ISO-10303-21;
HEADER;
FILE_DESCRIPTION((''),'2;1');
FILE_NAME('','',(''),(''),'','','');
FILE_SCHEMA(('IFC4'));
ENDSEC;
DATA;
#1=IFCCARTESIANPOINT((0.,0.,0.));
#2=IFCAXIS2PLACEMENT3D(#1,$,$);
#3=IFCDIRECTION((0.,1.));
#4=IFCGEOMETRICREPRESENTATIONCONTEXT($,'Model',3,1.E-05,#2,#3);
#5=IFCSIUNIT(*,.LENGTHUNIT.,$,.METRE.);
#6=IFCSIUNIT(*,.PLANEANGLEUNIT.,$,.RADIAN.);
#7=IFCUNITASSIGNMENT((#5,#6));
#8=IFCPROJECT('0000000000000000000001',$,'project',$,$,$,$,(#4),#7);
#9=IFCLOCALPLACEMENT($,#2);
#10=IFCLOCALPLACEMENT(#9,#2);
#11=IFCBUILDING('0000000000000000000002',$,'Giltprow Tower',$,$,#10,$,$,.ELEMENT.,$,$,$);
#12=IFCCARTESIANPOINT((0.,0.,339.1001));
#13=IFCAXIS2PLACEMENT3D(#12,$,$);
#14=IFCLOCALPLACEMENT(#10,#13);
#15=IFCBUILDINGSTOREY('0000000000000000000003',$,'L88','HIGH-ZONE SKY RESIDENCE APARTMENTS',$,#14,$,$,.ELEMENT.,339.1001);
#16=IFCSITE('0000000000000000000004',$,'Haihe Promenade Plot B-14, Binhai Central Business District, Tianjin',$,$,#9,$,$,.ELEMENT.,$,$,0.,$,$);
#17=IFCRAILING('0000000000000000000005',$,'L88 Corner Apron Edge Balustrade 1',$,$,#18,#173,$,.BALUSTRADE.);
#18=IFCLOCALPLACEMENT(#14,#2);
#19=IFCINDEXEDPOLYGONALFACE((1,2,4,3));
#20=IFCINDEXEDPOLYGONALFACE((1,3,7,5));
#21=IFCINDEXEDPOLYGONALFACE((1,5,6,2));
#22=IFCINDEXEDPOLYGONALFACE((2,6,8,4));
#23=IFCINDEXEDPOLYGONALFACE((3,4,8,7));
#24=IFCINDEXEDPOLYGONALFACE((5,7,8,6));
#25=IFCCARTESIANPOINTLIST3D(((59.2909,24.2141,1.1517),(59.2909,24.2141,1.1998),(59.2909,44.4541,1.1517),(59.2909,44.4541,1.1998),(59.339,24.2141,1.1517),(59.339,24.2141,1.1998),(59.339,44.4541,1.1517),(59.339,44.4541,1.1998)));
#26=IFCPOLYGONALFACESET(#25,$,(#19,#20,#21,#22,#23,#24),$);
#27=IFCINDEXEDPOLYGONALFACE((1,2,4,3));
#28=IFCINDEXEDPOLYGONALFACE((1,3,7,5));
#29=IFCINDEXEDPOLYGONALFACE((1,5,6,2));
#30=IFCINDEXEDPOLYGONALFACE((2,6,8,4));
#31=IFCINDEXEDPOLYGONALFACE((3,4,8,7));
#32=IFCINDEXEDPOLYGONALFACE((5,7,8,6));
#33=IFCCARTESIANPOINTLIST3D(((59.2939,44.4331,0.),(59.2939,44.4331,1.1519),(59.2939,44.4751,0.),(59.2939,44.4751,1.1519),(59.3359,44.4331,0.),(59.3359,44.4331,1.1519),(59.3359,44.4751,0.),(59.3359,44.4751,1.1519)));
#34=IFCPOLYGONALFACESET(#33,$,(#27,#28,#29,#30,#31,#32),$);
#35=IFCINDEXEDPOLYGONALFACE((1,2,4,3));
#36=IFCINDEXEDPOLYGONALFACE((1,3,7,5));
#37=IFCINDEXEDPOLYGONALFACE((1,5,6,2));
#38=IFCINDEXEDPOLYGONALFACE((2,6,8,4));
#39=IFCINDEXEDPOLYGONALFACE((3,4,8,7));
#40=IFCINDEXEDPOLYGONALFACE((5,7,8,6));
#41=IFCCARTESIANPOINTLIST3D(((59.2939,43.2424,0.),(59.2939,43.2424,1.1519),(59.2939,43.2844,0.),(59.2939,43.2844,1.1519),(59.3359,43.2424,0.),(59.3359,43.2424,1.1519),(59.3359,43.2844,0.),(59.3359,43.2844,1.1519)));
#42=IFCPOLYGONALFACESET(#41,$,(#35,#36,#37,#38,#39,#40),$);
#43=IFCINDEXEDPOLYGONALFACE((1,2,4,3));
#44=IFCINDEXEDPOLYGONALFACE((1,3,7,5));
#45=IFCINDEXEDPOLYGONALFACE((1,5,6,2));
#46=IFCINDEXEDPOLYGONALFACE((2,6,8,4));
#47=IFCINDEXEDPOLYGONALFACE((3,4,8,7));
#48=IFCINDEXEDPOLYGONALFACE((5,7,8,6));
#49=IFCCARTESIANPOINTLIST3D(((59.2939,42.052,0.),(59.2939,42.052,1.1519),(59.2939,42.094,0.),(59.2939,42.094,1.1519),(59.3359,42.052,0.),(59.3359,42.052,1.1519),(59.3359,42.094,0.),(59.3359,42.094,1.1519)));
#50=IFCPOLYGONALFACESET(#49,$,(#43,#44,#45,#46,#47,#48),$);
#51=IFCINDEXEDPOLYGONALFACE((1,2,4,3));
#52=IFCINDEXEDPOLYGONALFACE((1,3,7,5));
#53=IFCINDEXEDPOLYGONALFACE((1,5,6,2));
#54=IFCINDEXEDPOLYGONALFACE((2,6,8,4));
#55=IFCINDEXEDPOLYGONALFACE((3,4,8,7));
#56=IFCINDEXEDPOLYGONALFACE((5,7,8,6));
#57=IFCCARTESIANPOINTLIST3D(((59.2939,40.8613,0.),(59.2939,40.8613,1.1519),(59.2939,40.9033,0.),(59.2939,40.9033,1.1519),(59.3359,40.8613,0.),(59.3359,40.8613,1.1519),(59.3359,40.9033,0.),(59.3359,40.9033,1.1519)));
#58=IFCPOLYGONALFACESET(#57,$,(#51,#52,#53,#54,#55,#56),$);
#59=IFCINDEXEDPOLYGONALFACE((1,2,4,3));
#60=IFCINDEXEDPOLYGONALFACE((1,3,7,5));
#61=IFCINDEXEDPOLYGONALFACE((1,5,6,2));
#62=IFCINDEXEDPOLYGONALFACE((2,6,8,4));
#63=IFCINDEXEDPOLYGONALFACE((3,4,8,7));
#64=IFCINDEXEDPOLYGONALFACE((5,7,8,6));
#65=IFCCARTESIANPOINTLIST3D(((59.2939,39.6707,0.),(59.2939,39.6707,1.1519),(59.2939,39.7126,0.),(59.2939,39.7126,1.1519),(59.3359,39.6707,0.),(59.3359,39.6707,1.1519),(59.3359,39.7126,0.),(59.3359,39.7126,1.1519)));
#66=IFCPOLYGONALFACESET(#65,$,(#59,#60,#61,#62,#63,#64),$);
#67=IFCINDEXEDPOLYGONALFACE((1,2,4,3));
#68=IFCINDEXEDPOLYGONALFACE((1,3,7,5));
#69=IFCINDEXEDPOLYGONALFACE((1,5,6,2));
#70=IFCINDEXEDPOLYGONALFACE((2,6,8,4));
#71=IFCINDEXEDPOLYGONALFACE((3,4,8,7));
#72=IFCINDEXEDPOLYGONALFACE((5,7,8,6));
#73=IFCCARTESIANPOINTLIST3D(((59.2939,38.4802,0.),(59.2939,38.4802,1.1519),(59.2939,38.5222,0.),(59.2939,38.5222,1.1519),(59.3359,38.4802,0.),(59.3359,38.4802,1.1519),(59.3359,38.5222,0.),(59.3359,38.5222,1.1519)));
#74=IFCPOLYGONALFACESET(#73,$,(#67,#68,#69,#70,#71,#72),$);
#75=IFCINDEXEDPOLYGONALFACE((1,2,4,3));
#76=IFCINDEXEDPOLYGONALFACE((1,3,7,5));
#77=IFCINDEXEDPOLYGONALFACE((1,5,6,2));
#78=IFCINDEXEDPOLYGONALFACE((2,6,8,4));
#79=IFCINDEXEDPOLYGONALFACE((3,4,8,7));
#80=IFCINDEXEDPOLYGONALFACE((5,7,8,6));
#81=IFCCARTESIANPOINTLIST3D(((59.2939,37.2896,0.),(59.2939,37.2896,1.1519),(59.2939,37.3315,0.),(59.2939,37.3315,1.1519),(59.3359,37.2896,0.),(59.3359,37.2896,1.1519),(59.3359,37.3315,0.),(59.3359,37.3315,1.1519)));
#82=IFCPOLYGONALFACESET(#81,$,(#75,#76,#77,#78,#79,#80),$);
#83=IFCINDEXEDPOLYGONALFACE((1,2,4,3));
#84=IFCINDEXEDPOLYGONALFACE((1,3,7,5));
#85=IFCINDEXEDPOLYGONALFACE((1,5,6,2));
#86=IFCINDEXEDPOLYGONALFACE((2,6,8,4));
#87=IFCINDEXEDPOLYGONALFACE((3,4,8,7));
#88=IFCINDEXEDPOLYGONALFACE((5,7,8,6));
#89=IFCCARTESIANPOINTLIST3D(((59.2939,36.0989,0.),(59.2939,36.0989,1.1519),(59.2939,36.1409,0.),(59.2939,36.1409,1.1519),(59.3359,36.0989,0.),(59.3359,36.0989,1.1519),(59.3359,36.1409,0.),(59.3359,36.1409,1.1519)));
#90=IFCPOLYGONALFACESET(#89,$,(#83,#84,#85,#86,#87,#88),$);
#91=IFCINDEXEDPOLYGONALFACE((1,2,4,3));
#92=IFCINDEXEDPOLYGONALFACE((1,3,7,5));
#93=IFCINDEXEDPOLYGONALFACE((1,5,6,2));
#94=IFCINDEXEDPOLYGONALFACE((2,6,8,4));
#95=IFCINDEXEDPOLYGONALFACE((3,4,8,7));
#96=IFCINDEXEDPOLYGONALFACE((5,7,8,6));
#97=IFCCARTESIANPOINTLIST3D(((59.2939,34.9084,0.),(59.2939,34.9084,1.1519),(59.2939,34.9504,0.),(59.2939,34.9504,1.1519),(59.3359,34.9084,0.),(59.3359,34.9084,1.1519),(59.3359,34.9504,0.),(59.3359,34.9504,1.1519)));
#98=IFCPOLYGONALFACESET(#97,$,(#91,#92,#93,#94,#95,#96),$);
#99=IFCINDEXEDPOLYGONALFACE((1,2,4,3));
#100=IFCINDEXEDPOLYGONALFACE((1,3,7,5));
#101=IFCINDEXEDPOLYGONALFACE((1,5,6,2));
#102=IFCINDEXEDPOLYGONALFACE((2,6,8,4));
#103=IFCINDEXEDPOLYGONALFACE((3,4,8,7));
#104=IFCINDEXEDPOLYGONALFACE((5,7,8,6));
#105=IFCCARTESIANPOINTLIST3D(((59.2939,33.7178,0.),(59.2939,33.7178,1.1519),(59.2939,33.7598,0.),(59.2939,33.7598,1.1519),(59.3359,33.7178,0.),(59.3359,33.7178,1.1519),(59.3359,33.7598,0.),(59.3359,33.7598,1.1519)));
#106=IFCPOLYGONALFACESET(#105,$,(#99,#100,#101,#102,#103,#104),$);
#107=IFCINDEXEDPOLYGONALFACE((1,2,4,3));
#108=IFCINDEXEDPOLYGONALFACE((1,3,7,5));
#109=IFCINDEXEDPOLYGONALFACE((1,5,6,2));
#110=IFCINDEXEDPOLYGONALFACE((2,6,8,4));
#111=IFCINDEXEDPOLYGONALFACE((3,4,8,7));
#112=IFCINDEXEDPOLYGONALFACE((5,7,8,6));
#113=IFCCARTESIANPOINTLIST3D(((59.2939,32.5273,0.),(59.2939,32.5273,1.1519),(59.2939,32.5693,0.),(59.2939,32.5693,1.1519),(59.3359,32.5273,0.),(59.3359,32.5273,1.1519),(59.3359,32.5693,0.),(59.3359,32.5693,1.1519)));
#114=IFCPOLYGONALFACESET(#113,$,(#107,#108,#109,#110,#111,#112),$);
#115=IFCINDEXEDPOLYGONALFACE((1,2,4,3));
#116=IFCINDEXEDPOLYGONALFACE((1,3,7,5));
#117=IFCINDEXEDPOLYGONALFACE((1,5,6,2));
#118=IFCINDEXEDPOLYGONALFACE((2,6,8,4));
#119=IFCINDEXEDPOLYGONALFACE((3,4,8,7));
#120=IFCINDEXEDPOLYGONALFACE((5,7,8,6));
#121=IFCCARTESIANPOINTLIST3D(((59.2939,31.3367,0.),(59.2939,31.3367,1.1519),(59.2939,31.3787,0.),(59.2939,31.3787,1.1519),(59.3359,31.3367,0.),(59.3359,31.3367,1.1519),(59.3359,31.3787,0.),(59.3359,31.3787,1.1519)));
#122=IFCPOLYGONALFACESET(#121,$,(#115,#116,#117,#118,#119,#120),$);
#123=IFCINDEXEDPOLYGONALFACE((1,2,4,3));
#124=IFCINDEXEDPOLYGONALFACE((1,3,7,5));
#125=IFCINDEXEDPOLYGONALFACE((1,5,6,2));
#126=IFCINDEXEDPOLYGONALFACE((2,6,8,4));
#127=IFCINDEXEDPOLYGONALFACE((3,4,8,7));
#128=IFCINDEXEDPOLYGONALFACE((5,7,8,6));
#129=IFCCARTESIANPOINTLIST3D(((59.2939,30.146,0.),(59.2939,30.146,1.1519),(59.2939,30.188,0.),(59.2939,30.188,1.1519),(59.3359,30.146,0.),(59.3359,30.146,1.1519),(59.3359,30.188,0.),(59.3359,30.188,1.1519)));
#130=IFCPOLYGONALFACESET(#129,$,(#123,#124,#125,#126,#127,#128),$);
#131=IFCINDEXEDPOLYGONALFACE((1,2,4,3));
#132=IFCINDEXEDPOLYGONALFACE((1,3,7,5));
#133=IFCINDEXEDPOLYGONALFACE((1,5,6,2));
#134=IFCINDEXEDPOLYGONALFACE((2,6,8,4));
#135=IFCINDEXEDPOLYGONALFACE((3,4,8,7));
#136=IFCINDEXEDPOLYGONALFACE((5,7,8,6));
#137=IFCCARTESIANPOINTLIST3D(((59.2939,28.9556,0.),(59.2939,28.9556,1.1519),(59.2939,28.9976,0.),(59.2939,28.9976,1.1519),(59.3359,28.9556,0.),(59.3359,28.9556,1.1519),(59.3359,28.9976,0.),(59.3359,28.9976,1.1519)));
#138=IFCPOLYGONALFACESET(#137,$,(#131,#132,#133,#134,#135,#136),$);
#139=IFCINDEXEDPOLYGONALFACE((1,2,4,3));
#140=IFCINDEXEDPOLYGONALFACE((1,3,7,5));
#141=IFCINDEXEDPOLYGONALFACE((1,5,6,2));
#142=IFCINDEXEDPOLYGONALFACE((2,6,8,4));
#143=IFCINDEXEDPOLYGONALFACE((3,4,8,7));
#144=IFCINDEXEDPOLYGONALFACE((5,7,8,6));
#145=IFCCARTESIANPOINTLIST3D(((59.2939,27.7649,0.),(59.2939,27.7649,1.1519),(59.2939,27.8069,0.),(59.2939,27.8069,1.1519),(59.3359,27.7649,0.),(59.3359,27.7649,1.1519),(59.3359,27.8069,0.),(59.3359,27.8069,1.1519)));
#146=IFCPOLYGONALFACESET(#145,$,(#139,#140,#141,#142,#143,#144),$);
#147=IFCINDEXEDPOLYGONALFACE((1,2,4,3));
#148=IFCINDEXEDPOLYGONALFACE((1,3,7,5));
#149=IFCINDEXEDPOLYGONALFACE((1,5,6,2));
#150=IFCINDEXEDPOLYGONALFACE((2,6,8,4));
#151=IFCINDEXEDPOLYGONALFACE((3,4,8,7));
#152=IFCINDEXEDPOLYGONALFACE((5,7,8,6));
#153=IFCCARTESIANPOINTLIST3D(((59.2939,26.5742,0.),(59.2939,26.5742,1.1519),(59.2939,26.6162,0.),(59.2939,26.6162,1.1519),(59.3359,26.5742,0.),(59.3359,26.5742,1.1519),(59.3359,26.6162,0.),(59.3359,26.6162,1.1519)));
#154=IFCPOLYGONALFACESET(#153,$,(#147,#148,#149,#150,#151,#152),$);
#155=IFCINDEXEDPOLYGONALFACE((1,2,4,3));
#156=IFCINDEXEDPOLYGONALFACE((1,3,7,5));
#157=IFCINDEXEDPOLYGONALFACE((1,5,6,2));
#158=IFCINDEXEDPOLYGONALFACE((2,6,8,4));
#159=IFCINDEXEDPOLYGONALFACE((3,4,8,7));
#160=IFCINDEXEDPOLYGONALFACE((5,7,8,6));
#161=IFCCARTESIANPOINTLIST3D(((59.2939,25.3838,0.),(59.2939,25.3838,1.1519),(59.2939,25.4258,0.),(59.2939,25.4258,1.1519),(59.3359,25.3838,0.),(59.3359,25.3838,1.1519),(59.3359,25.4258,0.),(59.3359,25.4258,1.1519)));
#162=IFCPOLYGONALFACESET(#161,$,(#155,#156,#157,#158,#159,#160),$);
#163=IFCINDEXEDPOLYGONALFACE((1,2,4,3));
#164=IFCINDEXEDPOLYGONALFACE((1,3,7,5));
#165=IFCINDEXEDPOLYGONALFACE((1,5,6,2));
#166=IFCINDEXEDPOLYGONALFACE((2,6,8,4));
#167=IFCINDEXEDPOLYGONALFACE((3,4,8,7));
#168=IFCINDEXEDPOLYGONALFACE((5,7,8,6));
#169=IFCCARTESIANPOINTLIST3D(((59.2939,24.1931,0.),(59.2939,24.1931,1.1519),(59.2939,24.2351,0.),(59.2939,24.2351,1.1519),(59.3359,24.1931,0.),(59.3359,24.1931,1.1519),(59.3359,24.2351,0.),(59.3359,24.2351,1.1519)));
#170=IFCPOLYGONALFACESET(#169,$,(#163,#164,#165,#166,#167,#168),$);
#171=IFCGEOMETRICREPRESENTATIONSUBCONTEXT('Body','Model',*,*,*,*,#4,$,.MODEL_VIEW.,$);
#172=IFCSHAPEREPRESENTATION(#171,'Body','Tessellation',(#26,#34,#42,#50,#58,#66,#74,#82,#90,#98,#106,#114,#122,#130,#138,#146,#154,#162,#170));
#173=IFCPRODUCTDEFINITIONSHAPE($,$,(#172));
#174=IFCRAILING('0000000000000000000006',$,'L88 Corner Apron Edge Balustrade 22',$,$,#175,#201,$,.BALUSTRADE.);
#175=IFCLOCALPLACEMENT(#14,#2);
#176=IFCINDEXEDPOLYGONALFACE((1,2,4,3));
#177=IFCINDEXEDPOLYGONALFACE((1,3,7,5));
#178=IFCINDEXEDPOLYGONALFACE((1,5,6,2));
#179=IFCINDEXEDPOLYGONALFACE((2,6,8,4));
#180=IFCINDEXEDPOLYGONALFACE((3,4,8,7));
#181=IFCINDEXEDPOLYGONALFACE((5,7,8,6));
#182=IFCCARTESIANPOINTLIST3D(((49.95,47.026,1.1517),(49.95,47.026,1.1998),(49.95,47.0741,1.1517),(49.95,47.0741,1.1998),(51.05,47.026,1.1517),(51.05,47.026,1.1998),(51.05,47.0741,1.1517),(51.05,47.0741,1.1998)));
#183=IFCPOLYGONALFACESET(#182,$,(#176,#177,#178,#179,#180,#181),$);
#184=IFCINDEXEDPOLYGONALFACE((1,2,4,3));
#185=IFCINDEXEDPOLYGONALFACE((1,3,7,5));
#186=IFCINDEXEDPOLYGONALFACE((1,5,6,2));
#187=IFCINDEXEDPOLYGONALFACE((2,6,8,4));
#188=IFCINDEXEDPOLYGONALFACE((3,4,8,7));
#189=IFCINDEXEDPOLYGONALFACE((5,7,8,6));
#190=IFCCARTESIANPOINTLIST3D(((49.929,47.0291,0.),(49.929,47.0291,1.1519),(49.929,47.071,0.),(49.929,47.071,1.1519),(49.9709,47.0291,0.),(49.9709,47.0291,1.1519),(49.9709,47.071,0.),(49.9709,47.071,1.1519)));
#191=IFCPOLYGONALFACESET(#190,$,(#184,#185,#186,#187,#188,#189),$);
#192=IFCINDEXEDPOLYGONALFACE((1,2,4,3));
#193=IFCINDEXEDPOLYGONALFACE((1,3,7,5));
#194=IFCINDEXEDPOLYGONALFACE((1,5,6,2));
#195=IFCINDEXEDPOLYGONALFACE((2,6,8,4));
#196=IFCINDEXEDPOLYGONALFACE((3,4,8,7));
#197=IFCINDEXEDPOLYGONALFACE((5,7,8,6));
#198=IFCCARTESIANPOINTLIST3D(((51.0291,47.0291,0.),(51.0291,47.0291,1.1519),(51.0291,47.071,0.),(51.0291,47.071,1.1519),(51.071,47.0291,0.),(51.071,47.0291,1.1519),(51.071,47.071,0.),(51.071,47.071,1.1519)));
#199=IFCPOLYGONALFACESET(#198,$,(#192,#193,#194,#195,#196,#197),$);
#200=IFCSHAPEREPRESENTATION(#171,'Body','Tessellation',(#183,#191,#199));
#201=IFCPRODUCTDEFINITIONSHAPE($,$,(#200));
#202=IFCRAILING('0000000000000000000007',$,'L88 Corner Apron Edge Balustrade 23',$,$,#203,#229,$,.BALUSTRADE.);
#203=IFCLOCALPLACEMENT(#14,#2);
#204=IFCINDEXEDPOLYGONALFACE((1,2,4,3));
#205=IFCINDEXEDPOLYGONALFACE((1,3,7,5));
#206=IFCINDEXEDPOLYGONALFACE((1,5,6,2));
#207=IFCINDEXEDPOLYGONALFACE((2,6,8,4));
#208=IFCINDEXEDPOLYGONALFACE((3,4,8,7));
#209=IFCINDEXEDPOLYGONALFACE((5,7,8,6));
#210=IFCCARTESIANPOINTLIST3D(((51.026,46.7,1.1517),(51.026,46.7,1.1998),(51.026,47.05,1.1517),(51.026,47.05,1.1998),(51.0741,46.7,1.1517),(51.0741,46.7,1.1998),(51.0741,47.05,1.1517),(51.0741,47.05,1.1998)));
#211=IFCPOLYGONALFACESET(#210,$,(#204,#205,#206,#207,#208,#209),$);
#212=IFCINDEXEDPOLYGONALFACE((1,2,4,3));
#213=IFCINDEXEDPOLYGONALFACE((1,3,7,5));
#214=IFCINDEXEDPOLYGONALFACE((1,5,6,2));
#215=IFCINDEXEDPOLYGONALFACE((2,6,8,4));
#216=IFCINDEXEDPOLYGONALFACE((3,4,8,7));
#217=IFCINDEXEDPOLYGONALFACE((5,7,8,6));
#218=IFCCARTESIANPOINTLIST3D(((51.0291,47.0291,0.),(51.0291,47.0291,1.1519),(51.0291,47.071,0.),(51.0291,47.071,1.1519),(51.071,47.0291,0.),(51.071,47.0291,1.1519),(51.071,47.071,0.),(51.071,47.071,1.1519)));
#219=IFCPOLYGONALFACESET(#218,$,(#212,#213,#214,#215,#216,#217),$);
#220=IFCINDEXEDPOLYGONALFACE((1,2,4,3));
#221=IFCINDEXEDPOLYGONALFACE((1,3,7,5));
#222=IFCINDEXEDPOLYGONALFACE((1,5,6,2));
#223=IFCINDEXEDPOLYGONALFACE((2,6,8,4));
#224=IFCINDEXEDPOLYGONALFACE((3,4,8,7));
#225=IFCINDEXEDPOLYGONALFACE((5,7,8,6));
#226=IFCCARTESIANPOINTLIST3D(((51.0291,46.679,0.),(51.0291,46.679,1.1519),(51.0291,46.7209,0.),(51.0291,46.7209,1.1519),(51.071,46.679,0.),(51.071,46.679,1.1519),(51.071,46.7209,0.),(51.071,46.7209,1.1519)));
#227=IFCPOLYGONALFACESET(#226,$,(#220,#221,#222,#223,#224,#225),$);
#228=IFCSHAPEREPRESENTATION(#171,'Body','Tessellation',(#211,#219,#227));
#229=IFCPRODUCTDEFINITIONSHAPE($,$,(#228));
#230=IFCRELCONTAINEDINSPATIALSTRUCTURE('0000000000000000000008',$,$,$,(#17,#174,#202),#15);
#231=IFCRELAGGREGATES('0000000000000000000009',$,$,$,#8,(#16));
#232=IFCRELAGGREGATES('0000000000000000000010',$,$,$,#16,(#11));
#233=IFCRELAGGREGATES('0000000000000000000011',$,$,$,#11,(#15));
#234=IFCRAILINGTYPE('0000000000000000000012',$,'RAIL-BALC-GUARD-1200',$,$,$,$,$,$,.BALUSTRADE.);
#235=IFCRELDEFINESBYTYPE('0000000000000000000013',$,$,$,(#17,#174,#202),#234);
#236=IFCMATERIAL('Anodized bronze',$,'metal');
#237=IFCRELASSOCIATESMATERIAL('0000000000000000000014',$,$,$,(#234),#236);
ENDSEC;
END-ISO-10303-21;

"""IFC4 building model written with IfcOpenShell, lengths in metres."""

from ifc_helpers import new_model, si_unit, direction, frame, origin, origin_2d, place, context, subcontext, project, spatial, rectangle, extrude, material, type_object, element, save


model = new_model("IFC4")

# Units and contexts
model_context = context("Model", 3, precision=1e-05, world=origin(), true_north=direction((0.0, 1.0)))
body_context = subcontext(model_context, "Body", "Model", "MODEL_VIEW")
ifc_project = project(units=[si_unit("LENGTHUNIT", "METRE"), si_unit("PLANEANGLEUNIT", "RADIAN")], contexts=[model_context])

# Site, building, storey
site_placement = place(None, origin())
site = spatial("IfcSite", under=ifc_project, at=site_placement, Name="Haihe Promenade Plot B-14, Binhai Central Business District, Tianjin", CompositionType="ELEMENT", RefElevation=0.0)
building_placement = place(site_placement, origin())
building = spatial("IfcBuilding", under=site, at=building_placement, Name="Giltprow Tower", CompositionType="ELEMENT")
storey_placement = place(building_placement, frame((0.0, 0.0, 339.1001)))
storey = spatial("IfcBuildingStorey", under=building, at=storey_placement, Name="L88", Description="HIGH-ZONE SKY RESIDENCE APARTMENTS", CompositionType="ELEMENT", Elevation=339.1001)

# Railings
ifc_material_1 = material(Name="Anodized bronze", Category="metal")
railing_type = type_object("IfcRailingType", Name="RAIL-BALC-GUARD-1200", PredefinedType="BALUSTRADE", material=ifc_material_1)
railing_1_placement = place(storey_placement, frame((59.3149, 44.4541, 0.0)))
element("IfcRailing", 1, at=railing_1_placement, inside=storey, type_object=railing_type, Name="L88 Corner Apron Edge Balustrade 1", PredefinedType="BALUSTRADE", context=body_context, shape_type="SweptSolid", body=[
    extrude(rectangle(XDim=0.0481, YDim=0.0481, at=origin_2d()), frame((0.0, 0.0, 1.1758), z_axis=(0.0, -1.0, 0.0), x_axis=(1.0, 0.0, 0.0)), (0.0, 0.0, 1.0), 20.24),
    extrude(rectangle(XDim=0.042, YDim=0.042, at=origin_2d()), origin(), (0.0, 0.0, 1.0), 1.1519),
    extrude(rectangle(XDim=0.042, YDim=0.042, at=origin_2d()), frame((0.0, -1.1907, 0.0)), (0.0, 0.0, 1.0), 1.1519),
    extrude(rectangle(XDim=0.042, YDim=0.042, at=origin_2d()), frame((0.0, -2.3811, 0.0)), (0.0, 0.0, 1.0), 1.1519),
    extrude(rectangle(XDim=0.042, YDim=0.042, at=origin_2d()), frame((0.0, -3.5718, 0.0)), (0.0, 0.0, 1.0), 1.1519),
    extrude(rectangle(XDim=0.042, YDim=0.042, at=origin_2d()), frame((0.0, -4.7625, 0.0)), (0.0, 0.0, 1.0), 1.1519),
    extrude(rectangle(XDim=0.042, YDim=0.042, at=origin_2d()), frame((0.0, -5.9529, 0.0)), (0.0, 0.0, 1.0), 1.1519),
    extrude(rectangle(XDim=0.042, YDim=0.042, at=origin_2d()), frame((0.0, -7.1436, 0.0)), (0.0, 0.0, 1.0), 1.1519),
    extrude(rectangle(XDim=0.042, YDim=0.042, at=origin_2d()), frame((0.0, -8.3342, 0.0)), (0.0, 0.0, 1.0), 1.1519),
    extrude(rectangle(XDim=0.042, YDim=0.042, at=origin_2d()), frame((0.0, -9.5247, 0.0)), (0.0, 0.0, 1.0), 1.1519),
    extrude(rectangle(XDim=0.042, YDim=0.042, at=origin_2d()), frame((0.0, -10.7153, 0.0)), (0.0, 0.0, 1.0), 1.1519),
    extrude(rectangle(XDim=0.042, YDim=0.042, at=origin_2d()), frame((0.0, -11.9058, 0.0)), (0.0, 0.0, 1.0), 1.1519),
    extrude(rectangle(XDim=0.042, YDim=0.042, at=origin_2d()), frame((0.0, -13.0964, 0.0)), (0.0, 0.0, 1.0), 1.1519),
    extrude(rectangle(XDim=0.042, YDim=0.042, at=origin_2d()), frame((0.0, -14.2871, 0.0)), (0.0, 0.0, 1.0), 1.1519),
    extrude(rectangle(XDim=0.042, YDim=0.042, at=origin_2d()), frame((0.0, -15.4775, 0.0)), (0.0, 0.0, 1.0), 1.1519),
    extrude(rectangle(XDim=0.042, YDim=0.042, at=origin_2d()), frame((0.0, -16.6682, 0.0)), (0.0, 0.0, 1.0), 1.1519),
    extrude(rectangle(XDim=0.042, YDim=0.042, at=origin_2d()), frame((0.0, -17.8589, 0.0)), (0.0, 0.0, 1.0), 1.1519),
    extrude(rectangle(XDim=0.042, YDim=0.042, at=origin_2d()), frame((0.0, -19.0493, 0.0)), (0.0, 0.0, 1.0), 1.1519),
    extrude(rectangle(XDim=0.042, YDim=0.042, at=origin_2d()), frame((0.0, -20.24, 0.0)), (0.0, 0.0, 1.0), 1.1519),
])
railing_2_placement = place(storey_placement, frame((49.95, 47.05, 0.0)))
element("IfcRailing", 2, at=railing_2_placement, inside=storey, type_object=railing_type, Name="L88 Corner Apron Edge Balustrade 22", PredefinedType="BALUSTRADE", context=body_context, shape_type="SweptSolid", body=[
    extrude(rectangle(XDim=0.0481, YDim=0.0481, at=origin_2d()), frame((0.0, 0.0, 1.1758), z_axis=(1.0, 0.0, 0.0), x_axis=(0.0, 1.0, 0.0)), (0.0, 0.0, 1.0), 1.1001),
    extrude(rectangle(XDim=0.042, YDim=0.042, at=origin_2d()), origin(), (0.0, 0.0, 1.0), 1.1519),
    extrude(rectangle(XDim=0.042, YDim=0.042, at=origin_2d()), frame((1.1001, 0.0, 0.0)), (0.0, 0.0, 1.0), 1.1519),
])
railing_3_placement = place(storey_placement, frame((51.05, 47.05, 0.0)))
element("IfcRailing", 3, at=railing_3_placement, inside=storey, type_object=railing_type, Name="L88 Corner Apron Edge Balustrade 23", PredefinedType="BALUSTRADE", context=body_context, shape_type="SweptSolid", body=[
    extrude(rectangle(XDim=0.0481, YDim=0.0481, at=origin_2d()), frame((0.0, 0.0, 1.1758), z_axis=(0.0, -1.0, 0.0), x_axis=(1.0, 0.0, 0.0)), (0.0, 0.0, 1.0), 0.3501),
    extrude(rectangle(XDim=0.042, YDim=0.042, at=origin_2d()), origin(), (0.0, 0.0, 1.0), 1.1519),
    extrude(rectangle(XDim=0.042, YDim=0.042, at=origin_2d()), frame((0.0, -0.3501, 0.0)), (0.0, 0.0, 1.0), 1.1519),
])

save(model, "model.ifc")
